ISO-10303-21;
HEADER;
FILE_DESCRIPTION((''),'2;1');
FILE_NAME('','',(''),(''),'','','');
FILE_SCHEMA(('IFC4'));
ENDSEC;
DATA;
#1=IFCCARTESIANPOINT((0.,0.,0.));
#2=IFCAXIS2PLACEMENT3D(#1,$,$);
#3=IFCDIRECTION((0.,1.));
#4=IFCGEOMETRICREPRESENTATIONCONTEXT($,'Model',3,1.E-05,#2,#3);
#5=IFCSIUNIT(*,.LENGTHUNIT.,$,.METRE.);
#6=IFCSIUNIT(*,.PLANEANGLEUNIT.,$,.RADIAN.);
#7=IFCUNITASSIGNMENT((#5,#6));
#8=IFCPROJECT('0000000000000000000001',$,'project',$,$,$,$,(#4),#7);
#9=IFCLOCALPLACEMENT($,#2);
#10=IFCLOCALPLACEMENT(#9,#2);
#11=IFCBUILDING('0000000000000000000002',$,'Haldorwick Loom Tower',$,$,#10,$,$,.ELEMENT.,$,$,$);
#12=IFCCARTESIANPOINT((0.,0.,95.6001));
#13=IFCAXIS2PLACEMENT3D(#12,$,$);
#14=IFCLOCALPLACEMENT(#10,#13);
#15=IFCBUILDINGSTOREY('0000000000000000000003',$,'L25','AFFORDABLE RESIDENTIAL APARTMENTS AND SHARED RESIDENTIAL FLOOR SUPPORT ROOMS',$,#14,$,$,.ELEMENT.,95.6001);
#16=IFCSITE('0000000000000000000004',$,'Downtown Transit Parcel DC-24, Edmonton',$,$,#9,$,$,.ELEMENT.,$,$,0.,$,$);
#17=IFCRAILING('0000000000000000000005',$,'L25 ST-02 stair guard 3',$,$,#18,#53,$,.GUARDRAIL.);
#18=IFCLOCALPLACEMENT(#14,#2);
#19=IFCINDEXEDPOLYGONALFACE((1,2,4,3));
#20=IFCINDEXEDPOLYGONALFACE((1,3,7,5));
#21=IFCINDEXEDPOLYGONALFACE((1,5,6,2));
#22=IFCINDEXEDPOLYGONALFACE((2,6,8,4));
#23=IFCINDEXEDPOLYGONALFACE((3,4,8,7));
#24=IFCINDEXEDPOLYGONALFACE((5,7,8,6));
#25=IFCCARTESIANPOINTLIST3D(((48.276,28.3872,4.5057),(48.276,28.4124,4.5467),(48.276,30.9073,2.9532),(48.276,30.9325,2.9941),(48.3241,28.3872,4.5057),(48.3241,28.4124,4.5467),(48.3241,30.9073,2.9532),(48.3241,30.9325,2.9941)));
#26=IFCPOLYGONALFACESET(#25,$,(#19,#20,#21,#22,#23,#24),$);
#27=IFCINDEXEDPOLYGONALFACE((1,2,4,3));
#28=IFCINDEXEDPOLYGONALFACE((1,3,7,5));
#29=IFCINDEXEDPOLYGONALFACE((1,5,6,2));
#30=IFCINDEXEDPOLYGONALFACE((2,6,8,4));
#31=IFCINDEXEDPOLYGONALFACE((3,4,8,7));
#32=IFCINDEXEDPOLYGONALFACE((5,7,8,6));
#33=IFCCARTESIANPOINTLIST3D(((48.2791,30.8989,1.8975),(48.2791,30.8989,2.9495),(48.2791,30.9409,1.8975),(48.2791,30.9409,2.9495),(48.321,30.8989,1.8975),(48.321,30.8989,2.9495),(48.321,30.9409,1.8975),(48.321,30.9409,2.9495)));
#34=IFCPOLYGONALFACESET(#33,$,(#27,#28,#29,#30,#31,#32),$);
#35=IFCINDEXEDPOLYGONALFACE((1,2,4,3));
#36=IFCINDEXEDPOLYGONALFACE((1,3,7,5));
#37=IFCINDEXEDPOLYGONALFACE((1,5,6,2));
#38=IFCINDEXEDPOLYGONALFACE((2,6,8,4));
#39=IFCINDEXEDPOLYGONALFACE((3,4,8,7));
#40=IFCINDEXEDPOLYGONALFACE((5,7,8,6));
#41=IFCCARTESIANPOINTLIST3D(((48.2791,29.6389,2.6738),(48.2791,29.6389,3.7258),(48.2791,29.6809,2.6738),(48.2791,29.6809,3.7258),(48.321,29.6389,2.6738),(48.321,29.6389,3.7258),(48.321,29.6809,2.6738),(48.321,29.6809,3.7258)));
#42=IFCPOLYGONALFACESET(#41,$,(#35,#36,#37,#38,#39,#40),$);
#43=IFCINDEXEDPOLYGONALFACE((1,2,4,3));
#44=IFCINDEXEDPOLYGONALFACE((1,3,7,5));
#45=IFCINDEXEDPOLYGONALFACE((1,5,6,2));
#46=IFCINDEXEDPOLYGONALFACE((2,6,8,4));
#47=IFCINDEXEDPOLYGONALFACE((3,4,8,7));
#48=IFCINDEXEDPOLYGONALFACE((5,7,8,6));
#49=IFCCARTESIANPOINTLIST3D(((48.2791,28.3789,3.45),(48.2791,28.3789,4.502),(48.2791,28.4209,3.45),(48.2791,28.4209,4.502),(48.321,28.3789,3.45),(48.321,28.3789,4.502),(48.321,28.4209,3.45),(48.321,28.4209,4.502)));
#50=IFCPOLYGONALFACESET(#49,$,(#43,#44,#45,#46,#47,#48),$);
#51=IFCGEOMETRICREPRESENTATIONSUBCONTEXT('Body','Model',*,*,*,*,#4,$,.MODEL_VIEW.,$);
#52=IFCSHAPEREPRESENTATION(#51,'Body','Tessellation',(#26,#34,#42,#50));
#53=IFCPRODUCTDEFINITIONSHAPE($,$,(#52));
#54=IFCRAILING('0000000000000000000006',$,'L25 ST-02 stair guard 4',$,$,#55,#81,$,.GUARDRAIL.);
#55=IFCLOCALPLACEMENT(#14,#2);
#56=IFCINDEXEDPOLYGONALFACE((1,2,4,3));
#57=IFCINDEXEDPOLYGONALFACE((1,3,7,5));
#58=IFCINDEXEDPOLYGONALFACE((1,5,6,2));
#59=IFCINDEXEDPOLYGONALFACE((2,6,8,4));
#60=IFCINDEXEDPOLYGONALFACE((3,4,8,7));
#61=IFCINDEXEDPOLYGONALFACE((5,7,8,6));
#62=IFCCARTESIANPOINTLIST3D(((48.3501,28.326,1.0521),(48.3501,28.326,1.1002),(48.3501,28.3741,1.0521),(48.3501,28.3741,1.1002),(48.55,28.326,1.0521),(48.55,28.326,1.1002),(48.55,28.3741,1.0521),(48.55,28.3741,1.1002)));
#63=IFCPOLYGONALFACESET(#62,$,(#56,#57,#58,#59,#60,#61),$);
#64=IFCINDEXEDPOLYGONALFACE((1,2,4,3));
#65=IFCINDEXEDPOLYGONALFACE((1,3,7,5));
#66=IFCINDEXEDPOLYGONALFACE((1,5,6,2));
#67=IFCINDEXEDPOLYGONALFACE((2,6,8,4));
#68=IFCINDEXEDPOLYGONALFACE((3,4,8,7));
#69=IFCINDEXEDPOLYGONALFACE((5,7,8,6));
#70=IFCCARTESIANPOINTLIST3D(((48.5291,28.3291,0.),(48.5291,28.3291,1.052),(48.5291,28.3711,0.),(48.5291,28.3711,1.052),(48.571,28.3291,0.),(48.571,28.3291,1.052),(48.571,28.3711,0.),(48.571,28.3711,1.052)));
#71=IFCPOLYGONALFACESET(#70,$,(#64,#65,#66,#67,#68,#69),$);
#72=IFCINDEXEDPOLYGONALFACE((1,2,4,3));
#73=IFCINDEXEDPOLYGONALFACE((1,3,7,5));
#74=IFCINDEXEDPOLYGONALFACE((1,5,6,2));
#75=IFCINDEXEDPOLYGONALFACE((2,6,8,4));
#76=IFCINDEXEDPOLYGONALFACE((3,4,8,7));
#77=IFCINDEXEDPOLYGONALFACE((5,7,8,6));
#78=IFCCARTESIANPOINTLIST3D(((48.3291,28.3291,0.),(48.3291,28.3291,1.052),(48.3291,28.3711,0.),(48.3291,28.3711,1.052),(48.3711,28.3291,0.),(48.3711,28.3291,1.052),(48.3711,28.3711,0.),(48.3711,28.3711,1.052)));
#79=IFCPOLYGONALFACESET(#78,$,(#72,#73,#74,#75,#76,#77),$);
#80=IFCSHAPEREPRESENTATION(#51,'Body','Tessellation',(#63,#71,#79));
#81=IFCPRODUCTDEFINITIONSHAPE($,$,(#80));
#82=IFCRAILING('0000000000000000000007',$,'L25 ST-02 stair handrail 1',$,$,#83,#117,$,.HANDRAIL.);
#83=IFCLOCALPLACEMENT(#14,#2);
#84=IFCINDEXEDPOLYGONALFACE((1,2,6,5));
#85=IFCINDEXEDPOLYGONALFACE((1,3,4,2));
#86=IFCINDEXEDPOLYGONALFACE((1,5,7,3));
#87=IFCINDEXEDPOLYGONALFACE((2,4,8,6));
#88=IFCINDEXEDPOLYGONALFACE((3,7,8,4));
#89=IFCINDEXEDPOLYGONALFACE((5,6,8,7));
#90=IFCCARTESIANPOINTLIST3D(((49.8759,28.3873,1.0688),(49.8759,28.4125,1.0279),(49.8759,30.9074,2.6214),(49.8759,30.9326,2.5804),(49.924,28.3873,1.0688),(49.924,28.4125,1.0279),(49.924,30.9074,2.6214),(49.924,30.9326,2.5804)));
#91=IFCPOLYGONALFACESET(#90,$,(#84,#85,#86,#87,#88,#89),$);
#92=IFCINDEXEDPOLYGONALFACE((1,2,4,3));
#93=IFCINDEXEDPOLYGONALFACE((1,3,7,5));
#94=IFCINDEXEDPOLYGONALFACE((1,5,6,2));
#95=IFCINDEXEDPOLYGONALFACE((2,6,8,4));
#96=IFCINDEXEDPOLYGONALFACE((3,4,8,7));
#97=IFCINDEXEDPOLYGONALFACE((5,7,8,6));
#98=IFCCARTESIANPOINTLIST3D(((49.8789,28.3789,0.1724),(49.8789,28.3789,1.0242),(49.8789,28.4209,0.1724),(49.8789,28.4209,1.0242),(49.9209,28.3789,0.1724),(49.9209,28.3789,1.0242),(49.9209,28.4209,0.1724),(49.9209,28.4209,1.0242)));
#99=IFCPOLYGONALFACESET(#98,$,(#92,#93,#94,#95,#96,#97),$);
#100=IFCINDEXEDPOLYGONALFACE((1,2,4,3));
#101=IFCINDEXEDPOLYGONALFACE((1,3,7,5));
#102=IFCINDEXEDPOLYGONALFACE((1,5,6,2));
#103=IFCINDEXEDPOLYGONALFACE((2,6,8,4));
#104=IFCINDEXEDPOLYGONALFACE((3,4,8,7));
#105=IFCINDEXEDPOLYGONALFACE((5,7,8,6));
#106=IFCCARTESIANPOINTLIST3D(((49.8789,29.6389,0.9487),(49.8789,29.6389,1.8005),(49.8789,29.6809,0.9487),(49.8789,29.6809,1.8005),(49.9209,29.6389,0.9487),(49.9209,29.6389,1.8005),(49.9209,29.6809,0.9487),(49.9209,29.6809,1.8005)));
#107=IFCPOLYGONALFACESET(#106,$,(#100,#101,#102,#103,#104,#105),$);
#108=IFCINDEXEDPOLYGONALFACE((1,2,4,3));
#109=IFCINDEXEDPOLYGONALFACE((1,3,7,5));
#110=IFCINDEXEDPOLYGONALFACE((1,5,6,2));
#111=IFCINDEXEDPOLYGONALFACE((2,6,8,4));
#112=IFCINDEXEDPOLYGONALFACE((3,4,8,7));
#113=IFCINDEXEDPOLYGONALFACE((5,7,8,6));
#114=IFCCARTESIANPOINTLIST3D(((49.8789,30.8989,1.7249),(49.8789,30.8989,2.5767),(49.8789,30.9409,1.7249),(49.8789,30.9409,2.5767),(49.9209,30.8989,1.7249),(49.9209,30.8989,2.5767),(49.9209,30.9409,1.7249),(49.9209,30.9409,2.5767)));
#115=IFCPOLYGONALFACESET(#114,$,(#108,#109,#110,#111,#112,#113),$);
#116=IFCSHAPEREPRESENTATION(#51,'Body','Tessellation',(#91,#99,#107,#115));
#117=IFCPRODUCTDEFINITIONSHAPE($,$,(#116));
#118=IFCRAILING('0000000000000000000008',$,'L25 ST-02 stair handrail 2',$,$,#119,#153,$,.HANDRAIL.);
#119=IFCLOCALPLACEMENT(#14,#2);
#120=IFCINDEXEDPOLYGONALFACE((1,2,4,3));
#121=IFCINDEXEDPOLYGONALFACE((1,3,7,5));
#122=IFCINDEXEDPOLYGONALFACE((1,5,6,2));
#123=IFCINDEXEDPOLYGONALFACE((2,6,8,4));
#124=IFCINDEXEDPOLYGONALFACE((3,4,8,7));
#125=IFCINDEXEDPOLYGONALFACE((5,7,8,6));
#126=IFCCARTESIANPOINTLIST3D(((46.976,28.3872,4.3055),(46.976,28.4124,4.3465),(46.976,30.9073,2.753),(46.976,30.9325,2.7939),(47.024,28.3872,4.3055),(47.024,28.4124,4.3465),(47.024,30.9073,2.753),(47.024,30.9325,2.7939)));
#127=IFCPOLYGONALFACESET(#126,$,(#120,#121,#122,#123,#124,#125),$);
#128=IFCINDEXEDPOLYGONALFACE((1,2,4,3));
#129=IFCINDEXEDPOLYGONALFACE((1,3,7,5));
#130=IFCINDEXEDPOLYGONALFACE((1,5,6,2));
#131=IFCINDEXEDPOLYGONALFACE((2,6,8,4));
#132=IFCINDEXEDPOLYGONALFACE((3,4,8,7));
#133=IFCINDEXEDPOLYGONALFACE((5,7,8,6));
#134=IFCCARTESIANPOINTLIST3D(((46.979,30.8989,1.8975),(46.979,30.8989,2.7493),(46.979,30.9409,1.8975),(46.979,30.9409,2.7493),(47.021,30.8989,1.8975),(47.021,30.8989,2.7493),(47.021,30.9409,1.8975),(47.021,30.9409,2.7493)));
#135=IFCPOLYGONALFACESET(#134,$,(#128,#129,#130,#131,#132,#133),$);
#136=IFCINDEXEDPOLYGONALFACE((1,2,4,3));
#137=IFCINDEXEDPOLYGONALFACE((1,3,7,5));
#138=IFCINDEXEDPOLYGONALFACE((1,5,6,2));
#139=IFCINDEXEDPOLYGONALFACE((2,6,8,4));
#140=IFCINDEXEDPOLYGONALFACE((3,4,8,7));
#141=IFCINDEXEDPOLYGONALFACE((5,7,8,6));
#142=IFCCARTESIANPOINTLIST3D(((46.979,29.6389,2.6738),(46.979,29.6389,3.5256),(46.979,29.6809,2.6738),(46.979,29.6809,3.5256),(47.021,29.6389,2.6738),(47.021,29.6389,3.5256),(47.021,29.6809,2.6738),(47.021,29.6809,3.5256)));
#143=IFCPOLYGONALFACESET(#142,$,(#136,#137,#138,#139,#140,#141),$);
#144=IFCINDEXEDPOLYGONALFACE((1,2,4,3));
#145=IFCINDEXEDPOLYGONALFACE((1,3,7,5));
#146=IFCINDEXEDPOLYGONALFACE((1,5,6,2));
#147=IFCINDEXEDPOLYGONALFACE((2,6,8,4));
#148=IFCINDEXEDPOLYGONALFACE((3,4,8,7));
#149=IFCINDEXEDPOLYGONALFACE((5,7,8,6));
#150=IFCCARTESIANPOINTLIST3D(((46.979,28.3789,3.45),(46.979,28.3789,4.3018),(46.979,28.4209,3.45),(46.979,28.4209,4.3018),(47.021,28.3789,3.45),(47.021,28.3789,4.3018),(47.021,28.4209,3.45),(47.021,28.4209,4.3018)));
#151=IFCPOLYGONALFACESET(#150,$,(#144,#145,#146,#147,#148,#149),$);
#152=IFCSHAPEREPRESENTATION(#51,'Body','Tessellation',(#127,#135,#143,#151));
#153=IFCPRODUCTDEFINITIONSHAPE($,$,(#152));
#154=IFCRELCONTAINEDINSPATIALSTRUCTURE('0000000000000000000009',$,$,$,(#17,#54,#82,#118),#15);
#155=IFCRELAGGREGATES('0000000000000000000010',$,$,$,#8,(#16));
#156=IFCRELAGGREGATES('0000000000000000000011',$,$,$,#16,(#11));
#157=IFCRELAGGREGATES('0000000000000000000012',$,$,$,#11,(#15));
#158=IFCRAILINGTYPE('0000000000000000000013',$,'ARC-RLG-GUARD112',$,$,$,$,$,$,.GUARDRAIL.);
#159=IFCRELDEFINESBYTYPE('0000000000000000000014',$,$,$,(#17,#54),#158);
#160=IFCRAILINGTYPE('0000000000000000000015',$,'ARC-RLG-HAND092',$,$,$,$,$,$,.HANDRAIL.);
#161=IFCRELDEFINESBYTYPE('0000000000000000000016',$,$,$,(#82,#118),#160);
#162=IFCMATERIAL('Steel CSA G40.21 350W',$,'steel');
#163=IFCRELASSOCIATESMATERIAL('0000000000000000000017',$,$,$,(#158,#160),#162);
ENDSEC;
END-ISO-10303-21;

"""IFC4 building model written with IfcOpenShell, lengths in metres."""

from ifc_helpers import new_model, si_unit, direction, frame, origin, origin_2d, place, context, subcontext, project, spatial, rectangle, extrude, material, type_object, element, save


model = new_model("IFC4")

# Units and contexts
model_context = context("Model", 3, precision=1e-05, world=origin(), true_north=direction((0.0, 1.0)))
body_context = subcontext(model_context, "Body", "Model", "MODEL_VIEW")
ifc_project = project(units=[si_unit("LENGTHUNIT", "METRE"), si_unit("PLANEANGLEUNIT", "RADIAN")], contexts=[model_context])

# Site, building, storey
site_placement = place(None, origin())
site = spatial("IfcSite", under=ifc_project, at=site_placement, Name="Downtown Transit Parcel DC-24, Edmonton", CompositionType="ELEMENT", RefElevation=0.0)
building_placement = place(site_placement, origin())
building = spatial("IfcBuilding", under=site, at=building_placement, Name="Haldorwick Loom Tower", CompositionType="ELEMENT")
storey_placement = place(building_placement, frame((0.0, 0.0, 95.6001)))
storey = spatial("IfcBuildingStorey", under=building, at=storey_placement, Name="L25", Description="AFFORDABLE RESIDENTIAL APARTMENTS AND SHARED RESIDENTIAL FLOOR SUPPORT ROOMS", CompositionType="ELEMENT", Elevation=95.6001)

# Shared definitions
ifc_material_1 = material(Name="Steel CSA G40.21 350W", Category="steel")

# Railings
railing_type_1 = type_object("IfcRailingType", Name="ARC-RLG-GUARD112", PredefinedType="GUARDRAIL", material=ifc_material_1)
railing_1_placement = place(storey_placement, frame((48.3, 30.9199, 1.8975)))
element("IfcRailing", 1, at=railing_1_placement, inside=storey, type_object=railing_type_1, Name="L25 ST-02 stair guard 3", PredefinedType="GUARDRAIL", context=body_context, shape_type="SweptSolid", body=[
    extrude(rectangle(XDim=0.0481, YDim=0.0481, at=origin_2d()), frame((0.0, 0.0, 1.0762), z_axis=(0.0, -0.8514, 0.524516), x_axis=(1.0, 0.0, 0.0)), (0.0, 0.0, 1.0), 2.96),
    extrude(rectangle(XDim=0.042, YDim=0.042, at=origin_2d()), origin(), (0.0, 0.0, 1.0), 1.052),
    extrude(rectangle(XDim=0.042, YDim=0.042, at=origin_2d()), frame((0.0, -1.26, 0.7764)), (0.0, 0.0, 1.0), 1.052),
    extrude(rectangle(XDim=0.042, YDim=0.042, at=origin_2d()), frame((0.0, -2.52, 1.5525)), (0.0, 0.0, 1.0), 1.052),
])
railing_2_placement = place(storey_placement, frame((48.55, 28.3501, 0.0)))
element("IfcRailing", 2, at=railing_2_placement, inside=storey, type_object=railing_type_1, Name="L25 ST-02 stair guard 4", PredefinedType="GUARDRAIL", context=body_context, shape_type="SweptSolid", body=[
    extrude(rectangle(XDim=0.0481, YDim=0.0481, at=origin_2d()), frame((0.0, 0.0, 1.0762), z_axis=(-1.0, 0.0, 0.0), x_axis=(0.0, -1.0, 0.0)), (0.0, 0.0, 1.0), 0.2),
    extrude(rectangle(XDim=0.042, YDim=0.042, at=origin_2d()), origin(), (0.0, 0.0, 1.0), 1.052),
    extrude(rectangle(XDim=0.042, YDim=0.042, at=origin_2d()), frame((-0.2, 0.0, 0.0)), (0.0, 0.0, 1.0), 1.052),
])
railing_type_2 = type_object("IfcRailingType", Name="ARC-RLG-HAND092", PredefinedType="HANDRAIL", material=ifc_material_1)
railing_3_placement = place(storey_placement, frame((49.8999, 28.3999, 0.1724)))
element("IfcRailing", 3, at=railing_3_placement, inside=storey, type_object=railing_type_2, Name="L25 ST-02 stair handrail 1", PredefinedType="HANDRAIL", context=body_context, shape_type="SweptSolid", body=[
    extrude(rectangle(XDim=0.0481, YDim=0.0481, at=origin_2d()), frame((0.0, 0.0, 0.876), z_axis=(0.0, 0.8514, 0.524516), x_axis=(-1.0, 0.0, 0.0)), (0.0, 0.0, 1.0), 2.96),
    extrude(rectangle(XDim=0.042, YDim=0.042, at=origin_2d()), origin(), (0.0, 0.0, 1.0), 0.8518),
    extrude(rectangle(XDim=0.042, YDim=0.042, at=origin_2d()), frame((0.0, 1.26, 0.7764)), (0.0, 0.0, 1.0), 0.8518),
    extrude(rectangle(XDim=0.042, YDim=0.042, at=origin_2d()), frame((0.0, 2.52, 1.5525)), (0.0, 0.0, 1.0), 0.8518),
])
railing_4_placement = place(storey_placement, frame((47.0, 30.9199, 1.8975)))
element("IfcRailing", 4, at=railing_4_placement, inside=storey, type_object=railing_type_2, Name="L25 ST-02 stair handrail 2", PredefinedType="HANDRAIL", context=body_context, shape_type="SweptSolid", body=[
    extrude(rectangle(XDim=0.0481, YDim=0.0481, at=origin_2d()), frame((0.0, 0.0, 0.876), z_axis=(0.0, -0.8514, 0.524516), x_axis=(1.0, 0.0, 0.0)), (0.0, 0.0, 1.0), 2.96),
    extrude(rectangle(XDim=0.042, YDim=0.042, at=origin_2d()), origin(), (0.0, 0.0, 1.0), 0.8518),
    extrude(rectangle(XDim=0.042, YDim=0.042, at=origin_2d()), frame((0.0, -1.26, 0.7764)), (0.0, 0.0, 1.0), 0.8518),
    extrude(rectangle(XDim=0.042, YDim=0.042, at=origin_2d()), frame((0.0, -2.52, 1.5525)), (0.0, 0.0, 1.0), 0.8518),
])

save(model, "model.ifc")
